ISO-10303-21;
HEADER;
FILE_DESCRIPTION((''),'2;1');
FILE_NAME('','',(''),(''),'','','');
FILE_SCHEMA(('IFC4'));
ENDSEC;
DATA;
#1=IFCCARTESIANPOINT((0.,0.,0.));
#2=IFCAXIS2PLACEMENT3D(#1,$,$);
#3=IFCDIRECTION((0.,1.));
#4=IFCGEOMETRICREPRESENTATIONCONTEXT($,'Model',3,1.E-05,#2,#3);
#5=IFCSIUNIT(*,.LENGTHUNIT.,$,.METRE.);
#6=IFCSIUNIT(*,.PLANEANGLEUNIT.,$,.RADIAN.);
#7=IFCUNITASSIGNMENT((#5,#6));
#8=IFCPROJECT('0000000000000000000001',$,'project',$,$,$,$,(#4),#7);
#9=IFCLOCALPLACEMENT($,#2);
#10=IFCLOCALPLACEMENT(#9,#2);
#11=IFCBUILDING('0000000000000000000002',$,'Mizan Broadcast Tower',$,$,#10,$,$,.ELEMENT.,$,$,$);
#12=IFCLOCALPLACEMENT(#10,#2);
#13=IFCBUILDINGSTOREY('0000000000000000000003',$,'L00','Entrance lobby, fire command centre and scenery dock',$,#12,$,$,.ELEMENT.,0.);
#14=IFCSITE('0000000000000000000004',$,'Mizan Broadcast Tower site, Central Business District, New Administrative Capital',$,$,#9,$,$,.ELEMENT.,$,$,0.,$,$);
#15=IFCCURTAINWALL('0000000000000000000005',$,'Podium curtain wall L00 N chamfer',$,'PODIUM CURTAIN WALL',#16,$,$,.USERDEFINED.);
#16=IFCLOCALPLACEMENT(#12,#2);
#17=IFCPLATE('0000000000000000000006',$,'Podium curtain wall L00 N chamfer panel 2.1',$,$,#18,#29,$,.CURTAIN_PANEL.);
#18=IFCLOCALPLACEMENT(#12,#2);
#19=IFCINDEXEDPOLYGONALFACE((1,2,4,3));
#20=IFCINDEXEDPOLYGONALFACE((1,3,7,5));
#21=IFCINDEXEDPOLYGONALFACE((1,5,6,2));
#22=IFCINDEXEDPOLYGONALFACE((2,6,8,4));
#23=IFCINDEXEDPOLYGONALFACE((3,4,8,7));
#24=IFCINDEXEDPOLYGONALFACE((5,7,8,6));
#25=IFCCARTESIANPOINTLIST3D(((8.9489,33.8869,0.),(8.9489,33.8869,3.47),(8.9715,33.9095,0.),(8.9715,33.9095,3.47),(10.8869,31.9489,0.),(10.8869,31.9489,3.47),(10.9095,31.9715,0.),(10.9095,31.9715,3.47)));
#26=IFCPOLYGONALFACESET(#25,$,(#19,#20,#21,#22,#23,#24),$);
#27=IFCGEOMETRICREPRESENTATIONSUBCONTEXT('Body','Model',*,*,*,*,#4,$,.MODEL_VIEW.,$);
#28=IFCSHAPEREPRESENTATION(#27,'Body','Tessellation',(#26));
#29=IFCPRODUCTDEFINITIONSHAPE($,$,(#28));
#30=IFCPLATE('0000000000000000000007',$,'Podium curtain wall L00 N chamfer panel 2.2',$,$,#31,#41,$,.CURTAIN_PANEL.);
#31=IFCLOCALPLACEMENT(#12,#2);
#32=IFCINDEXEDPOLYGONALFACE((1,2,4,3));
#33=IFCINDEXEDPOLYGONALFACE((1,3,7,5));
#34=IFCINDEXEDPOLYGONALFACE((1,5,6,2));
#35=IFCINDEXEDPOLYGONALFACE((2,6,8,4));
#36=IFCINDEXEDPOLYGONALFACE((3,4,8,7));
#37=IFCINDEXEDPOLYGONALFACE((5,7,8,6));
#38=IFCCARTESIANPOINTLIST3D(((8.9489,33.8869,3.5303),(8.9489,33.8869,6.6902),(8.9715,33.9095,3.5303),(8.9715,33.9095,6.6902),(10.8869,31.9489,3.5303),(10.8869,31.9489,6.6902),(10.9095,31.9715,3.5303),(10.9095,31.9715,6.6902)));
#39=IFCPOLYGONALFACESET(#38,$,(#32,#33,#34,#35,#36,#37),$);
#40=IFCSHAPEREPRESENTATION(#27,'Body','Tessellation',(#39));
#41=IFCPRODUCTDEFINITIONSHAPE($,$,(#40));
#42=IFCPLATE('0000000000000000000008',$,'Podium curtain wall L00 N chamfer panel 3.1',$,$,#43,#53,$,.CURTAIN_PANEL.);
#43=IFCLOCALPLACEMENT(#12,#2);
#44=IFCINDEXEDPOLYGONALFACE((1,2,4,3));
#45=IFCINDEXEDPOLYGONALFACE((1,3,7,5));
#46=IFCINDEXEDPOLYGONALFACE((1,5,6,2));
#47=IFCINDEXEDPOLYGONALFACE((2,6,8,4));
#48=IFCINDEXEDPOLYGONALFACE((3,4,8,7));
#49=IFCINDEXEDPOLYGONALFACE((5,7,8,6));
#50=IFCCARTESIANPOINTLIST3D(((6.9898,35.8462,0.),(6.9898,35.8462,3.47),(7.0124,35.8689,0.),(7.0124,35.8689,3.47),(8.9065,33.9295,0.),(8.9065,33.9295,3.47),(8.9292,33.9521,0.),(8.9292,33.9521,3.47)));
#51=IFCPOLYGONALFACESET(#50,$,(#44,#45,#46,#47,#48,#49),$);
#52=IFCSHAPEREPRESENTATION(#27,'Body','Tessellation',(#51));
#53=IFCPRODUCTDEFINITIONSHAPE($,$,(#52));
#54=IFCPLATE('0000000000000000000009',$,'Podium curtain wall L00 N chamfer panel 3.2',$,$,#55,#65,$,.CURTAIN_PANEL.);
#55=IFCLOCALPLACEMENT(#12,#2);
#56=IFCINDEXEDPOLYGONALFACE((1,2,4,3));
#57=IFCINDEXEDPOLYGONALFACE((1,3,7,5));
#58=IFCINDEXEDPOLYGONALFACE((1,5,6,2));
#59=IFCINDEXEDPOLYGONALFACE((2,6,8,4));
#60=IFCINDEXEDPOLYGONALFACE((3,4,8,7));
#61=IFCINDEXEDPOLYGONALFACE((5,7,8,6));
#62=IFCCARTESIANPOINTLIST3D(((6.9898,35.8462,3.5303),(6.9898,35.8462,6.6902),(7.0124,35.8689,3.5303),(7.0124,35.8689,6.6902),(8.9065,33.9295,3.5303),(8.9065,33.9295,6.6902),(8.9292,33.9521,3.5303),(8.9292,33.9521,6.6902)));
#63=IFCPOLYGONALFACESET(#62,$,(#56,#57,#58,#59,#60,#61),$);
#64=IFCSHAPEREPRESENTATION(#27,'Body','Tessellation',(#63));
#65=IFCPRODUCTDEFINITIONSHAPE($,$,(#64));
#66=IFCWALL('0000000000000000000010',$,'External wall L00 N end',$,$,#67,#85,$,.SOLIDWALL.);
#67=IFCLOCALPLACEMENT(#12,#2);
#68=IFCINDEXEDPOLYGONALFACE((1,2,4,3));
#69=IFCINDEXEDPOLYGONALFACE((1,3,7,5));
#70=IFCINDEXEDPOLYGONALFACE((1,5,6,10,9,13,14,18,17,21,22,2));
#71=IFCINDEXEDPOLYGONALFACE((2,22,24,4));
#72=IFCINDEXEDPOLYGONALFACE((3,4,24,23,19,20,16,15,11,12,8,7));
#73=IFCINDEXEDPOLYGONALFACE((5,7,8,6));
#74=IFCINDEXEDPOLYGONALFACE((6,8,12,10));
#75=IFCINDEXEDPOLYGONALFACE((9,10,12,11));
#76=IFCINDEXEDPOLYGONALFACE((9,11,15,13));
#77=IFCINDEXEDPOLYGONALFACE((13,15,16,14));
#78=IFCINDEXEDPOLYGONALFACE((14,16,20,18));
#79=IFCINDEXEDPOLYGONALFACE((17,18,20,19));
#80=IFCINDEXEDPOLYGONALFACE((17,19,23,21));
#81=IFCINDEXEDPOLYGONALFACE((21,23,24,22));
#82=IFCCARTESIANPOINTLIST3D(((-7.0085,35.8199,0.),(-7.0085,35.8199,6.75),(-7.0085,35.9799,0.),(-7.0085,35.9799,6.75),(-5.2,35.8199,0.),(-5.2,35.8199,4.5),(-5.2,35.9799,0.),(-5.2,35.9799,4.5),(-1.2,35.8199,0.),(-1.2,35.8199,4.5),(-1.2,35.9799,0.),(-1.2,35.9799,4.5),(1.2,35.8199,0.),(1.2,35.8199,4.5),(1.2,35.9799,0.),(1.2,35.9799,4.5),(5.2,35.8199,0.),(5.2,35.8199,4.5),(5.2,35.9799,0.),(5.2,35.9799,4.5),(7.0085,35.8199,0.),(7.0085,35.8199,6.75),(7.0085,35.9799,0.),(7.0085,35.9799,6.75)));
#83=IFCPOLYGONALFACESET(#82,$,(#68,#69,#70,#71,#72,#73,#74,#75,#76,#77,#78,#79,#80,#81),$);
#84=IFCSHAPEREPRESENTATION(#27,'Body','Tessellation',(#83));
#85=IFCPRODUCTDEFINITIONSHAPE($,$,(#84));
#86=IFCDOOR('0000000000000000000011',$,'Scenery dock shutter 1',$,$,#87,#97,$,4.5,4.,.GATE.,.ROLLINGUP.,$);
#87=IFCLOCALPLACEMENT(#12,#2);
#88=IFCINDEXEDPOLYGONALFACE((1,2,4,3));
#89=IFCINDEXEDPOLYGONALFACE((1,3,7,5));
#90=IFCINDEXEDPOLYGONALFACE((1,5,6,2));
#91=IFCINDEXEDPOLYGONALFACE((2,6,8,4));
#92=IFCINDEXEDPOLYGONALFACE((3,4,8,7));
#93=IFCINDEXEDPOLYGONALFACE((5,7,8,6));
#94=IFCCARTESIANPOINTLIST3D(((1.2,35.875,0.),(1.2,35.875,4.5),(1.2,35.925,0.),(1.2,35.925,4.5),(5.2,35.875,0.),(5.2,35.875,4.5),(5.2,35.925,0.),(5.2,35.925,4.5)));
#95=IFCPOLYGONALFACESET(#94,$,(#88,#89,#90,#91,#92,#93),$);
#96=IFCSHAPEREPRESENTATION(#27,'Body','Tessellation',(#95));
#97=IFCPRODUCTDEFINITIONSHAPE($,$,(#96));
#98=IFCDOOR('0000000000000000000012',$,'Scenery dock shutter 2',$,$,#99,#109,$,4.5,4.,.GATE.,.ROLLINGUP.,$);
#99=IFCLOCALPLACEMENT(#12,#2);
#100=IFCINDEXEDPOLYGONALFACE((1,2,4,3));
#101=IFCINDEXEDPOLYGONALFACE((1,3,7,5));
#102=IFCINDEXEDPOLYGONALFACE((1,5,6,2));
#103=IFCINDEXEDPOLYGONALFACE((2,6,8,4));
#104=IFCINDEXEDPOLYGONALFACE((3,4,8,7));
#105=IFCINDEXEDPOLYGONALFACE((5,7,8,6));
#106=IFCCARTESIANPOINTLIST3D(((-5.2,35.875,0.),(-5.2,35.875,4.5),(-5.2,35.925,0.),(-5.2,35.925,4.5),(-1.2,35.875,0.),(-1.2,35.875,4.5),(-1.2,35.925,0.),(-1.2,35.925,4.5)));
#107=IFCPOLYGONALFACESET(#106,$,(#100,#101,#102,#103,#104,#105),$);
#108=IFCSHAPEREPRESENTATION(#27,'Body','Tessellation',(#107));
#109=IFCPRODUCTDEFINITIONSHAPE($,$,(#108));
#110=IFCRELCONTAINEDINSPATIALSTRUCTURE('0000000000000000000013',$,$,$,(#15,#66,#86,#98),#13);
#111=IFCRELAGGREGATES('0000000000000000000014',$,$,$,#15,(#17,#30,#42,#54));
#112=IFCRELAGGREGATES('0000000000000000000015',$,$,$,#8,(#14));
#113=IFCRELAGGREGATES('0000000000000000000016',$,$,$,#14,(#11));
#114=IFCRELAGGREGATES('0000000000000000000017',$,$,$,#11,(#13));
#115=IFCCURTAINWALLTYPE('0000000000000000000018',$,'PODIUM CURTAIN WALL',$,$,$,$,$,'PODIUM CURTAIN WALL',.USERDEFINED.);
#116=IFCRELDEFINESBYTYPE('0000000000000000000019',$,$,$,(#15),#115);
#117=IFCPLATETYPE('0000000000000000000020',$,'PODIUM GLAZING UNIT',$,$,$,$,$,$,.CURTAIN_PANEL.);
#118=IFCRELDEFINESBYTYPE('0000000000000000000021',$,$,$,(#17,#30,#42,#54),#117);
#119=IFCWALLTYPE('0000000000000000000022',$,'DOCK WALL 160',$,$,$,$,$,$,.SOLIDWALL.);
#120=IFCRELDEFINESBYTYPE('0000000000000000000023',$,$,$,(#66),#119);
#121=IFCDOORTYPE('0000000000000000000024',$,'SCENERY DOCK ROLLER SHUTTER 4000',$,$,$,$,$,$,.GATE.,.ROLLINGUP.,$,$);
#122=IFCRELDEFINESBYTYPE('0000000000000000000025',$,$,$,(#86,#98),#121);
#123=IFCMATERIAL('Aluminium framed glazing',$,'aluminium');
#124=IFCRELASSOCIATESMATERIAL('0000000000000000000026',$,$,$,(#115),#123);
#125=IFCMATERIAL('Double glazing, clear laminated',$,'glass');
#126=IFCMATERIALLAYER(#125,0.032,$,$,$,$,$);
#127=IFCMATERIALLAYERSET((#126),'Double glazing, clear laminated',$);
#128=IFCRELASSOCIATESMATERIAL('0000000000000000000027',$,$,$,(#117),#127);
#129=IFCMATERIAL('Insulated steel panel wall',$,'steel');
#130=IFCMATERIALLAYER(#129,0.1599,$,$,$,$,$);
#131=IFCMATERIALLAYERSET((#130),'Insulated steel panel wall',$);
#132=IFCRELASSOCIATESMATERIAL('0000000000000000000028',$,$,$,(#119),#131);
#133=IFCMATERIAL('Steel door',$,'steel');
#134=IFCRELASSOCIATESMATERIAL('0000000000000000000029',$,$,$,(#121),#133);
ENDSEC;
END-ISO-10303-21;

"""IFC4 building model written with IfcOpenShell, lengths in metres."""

from ifc_helpers import new_model, si_unit, direction, frame, frame_2d, origin, origin_2d, place, context, subcontext, project, spatial, rectangle, extrude, material, layer, layer_set, type_object, element, fill, aggregate, save


model = new_model("IFC4")

# Units and contexts
model_context = context("Model", 3, precision=1e-05, world=origin(), true_north=direction((0.0, 1.0)))
body_context = subcontext(model_context, "Body", "Model", "MODEL_VIEW")
ifc_project = project(units=[si_unit("LENGTHUNIT", "METRE"), si_unit("PLANEANGLEUNIT", "RADIAN")], contexts=[model_context])

# Site, building, storey
site_placement = place(None, origin())
site = spatial("IfcSite", under=ifc_project, at=site_placement, Name="Mizan Broadcast Tower site, Central Business District, New Administrative Capital", CompositionType="ELEMENT", RefElevation=0.0)
building_placement = place(site_placement, origin())
building = spatial("IfcBuilding", under=site, at=building_placement, Name="Mizan Broadcast Tower", CompositionType="ELEMENT")
storey_placement = place(building_placement, origin())
storey = spatial("IfcBuildingStorey", under=building, at=storey_placement, Name="L00", Description="Entrance lobby, fire command centre and scenery dock", CompositionType="ELEMENT", Elevation=0.0)

# Curtain wall
ifc_material_1 = material(Name="Aluminium framed glazing", Category="aluminium")
curtain_wall_type = type_object("IfcCurtainWallType", Name="PODIUM CURTAIN WALL", ElementType="PODIUM CURTAIN WALL", PredefinedType="USERDEFINED", material=ifc_material_1)
curtain_wall_1_placement = place(storey_placement, origin())
curtain_wall_1 = element("IfcCurtainWall", 1, at=curtain_wall_1_placement, inside=storey, type_object=curtain_wall_type, Name="Podium curtain wall L00 N chamfer", ObjectType="PODIUM CURTAIN WALL", PredefinedType="USERDEFINED")

# Plates
ifc_material_2 = material(Name="Double glazing, clear laminated", Category="glass")
ifc_layer_1 = layer(ifc_material_2, 0.032)
ifc_layer_set_1 = layer_set([ifc_layer_1], Name="Double glazing, clear laminated")
plate_type = type_object("IfcPlateType", Name="PODIUM GLAZING UNIT", PredefinedType="CURTAIN_PANEL", material=ifc_layer_set_1)
plate_1_placement = place(storey_placement, frame((9.9292, 32.9292, 0.0), z_axis=(0.0, 0.0, 1.0), x_axis=(-0.707107, 0.707107, 0.0)))
plate_1 = element("IfcPlate", 2, at=plate_1_placement, type_object=plate_type, Name="Podium curtain wall L00 N chamfer panel 2.1", PredefinedType="CURTAIN_PANEL", context=body_context, shape_type="SweptSolid", body=[
    extrude(rectangle(XDim=2.7407, YDim=0.032, at=origin_2d()), origin(), (0.0, 0.0, 1.0), 3.47),
])
plate_2_placement = place(storey_placement, frame((9.9292, 32.9292, 3.5303), z_axis=(0.0, 0.0, 1.0), x_axis=(-0.707107, 0.707107, 0.0)))
plate_2 = element("IfcPlate", 3, at=plate_2_placement, type_object=plate_type, Name="Podium curtain wall L00 N chamfer panel 2.2", PredefinedType="CURTAIN_PANEL", context=body_context, shape_type="SweptSolid", body=[
    extrude(rectangle(XDim=2.7407, YDim=0.032, at=origin_2d()), origin(), (0.0, 0.0, 1.0), 3.1599),
])
plate_3_placement = place(storey_placement, frame((7.9595, 34.8992, 0.0), z_axis=(0.0, 0.0, 1.0), x_axis=(-0.707107, 0.707107, 0.0)))
plate_3 = element("IfcPlate", 4, at=plate_3_placement, type_object=plate_type, Name="Podium curtain wall L00 N chamfer panel 3.1", PredefinedType="CURTAIN_PANEL", context=body_context, shape_type="SweptSolid", body=[
    extrude(rectangle(XDim=2.7107, YDim=0.032, at=origin_2d()), origin(), (0.0, 0.0, 1.0), 3.47),
])
plate_4_placement = place(storey_placement, frame((7.9595, 34.8992, 3.5303), z_axis=(0.0, 0.0, 1.0), x_axis=(-0.707107, 0.707107, 0.0)))
plate_4 = element("IfcPlate", 5, at=plate_4_placement, type_object=plate_type, Name="Podium curtain wall L00 N chamfer panel 3.2", PredefinedType="CURTAIN_PANEL", context=body_context, shape_type="SweptSolid", body=[
    extrude(rectangle(XDim=2.7107, YDim=0.032, at=origin_2d()), origin(), (0.0, 0.0, 1.0), 3.1599),
])
aggregate(curtain_wall_1, [plate_1, plate_2, plate_3, plate_4])

# Wall, openings, doors
ifc_material_3 = material(Name="Insulated steel panel wall", Category="steel")
ifc_layer_2 = layer(ifc_material_3, 0.1599)
ifc_layer_set_2 = layer_set([ifc_layer_2], Name="Insulated steel panel wall")
wall_type = type_object("IfcWallType", Name="DOCK WALL 160", PredefinedType="SOLIDWALL", material=ifc_layer_set_2)
wall_placement = place(storey_placement, frame((7.0085, 35.8999, 0.0), z_axis=(0.0, 0.0, 1.0), x_axis=(-1.0, 0.0, 0.0)))
wall = element("IfcWall", 6, at=wall_placement, inside=storey, type_object=wall_type, Name="External wall L00 N end", PredefinedType="SOLIDWALL", context=body_context, shape_type="SweptSolid", body=[
    extrude(rectangle(XDim=14.0171, YDim=0.1599, at=frame_2d((7.0085, 0.0))), origin(), (0.0, 0.0, 1.0), 6.75),
])
opening_1_placement = place(wall_placement, frame((1.8086, 0.0, 0.0)))
opening_1 = element("IfcOpeningElement", 7, at=opening_1_placement, cuts=wall, PredefinedType="OPENING", context=body_context, shape_type="SweptSolid", body=[
    extrude(rectangle(XDim=4.0, YDim=4.5, at=frame_2d((2.0, 2.25))), frame((0.0, 0.0898, 0.0), z_axis=(0.0, -1.0, 0.0), x_axis=(1.0, 0.0, 0.0)), (0.0, 0.0, 1.0), 0.1799),
])
opening_2_placement = place(wall_placement, frame((8.2085, 0.0, 0.0)))
opening_2 = element("IfcOpeningElement", 8, at=opening_2_placement, cuts=wall, PredefinedType="OPENING", context=body_context, shape_type="SweptSolid", body=[
    extrude(rectangle(XDim=4.0, YDim=4.5, at=frame_2d((2.0, 2.25))), frame((0.0, 0.0898, 0.0), z_axis=(0.0, -1.0, 0.0), x_axis=(1.0, 0.0, 0.0)), (0.0, 0.0, 1.0), 0.1799),
])
ifc_material_4 = material(Name="Steel door", Category="steel")
door_type = type_object("IfcDoorType", Name="SCENERY DOCK ROLLER SHUTTER 4000", OperationType="ROLLINGUP", PredefinedType="GATE", material=ifc_material_4)
door_1_placement = place(opening_1_placement, origin())
door_1 = element("IfcDoor", 9, at=door_1_placement, inside=storey, type_object=door_type, Name="Scenery dock shutter 1", OperationType="ROLLINGUP", OverallHeight=4.5, OverallWidth=4.0, PredefinedType="GATE", context=body_context, shape_type="SweptSolid", body=[
    extrude(rectangle(XDim=4.0, YDim=4.5, at=frame_2d((2.0, 2.25))), frame((0.0, 0.0249, 0.0), z_axis=(0.0, -1.0, 0.0), x_axis=(1.0, 0.0, 0.0)), (0.0, 0.0, 1.0), 0.05),
])
fill(opening_1, door_1)
door_2_placement = place(opening_2_placement, origin())
door_2 = element("IfcDoor", 10, at=door_2_placement, inside=storey, type_object=door_type, Name="Scenery dock shutter 2", OperationType="ROLLINGUP", OverallHeight=4.5, OverallWidth=4.0, PredefinedType="GATE", context=body_context, shape_type="SweptSolid", body=[
    extrude(rectangle(XDim=4.0, YDim=4.5, at=frame_2d((2.0, 2.25))), frame((0.0, 0.0249, 0.0), z_axis=(0.0, -1.0, 0.0), x_axis=(1.0, 0.0, 0.0)), (0.0, 0.0, 1.0), 0.05),
])
fill(opening_2, door_2)

save(model, "model.ifc")
